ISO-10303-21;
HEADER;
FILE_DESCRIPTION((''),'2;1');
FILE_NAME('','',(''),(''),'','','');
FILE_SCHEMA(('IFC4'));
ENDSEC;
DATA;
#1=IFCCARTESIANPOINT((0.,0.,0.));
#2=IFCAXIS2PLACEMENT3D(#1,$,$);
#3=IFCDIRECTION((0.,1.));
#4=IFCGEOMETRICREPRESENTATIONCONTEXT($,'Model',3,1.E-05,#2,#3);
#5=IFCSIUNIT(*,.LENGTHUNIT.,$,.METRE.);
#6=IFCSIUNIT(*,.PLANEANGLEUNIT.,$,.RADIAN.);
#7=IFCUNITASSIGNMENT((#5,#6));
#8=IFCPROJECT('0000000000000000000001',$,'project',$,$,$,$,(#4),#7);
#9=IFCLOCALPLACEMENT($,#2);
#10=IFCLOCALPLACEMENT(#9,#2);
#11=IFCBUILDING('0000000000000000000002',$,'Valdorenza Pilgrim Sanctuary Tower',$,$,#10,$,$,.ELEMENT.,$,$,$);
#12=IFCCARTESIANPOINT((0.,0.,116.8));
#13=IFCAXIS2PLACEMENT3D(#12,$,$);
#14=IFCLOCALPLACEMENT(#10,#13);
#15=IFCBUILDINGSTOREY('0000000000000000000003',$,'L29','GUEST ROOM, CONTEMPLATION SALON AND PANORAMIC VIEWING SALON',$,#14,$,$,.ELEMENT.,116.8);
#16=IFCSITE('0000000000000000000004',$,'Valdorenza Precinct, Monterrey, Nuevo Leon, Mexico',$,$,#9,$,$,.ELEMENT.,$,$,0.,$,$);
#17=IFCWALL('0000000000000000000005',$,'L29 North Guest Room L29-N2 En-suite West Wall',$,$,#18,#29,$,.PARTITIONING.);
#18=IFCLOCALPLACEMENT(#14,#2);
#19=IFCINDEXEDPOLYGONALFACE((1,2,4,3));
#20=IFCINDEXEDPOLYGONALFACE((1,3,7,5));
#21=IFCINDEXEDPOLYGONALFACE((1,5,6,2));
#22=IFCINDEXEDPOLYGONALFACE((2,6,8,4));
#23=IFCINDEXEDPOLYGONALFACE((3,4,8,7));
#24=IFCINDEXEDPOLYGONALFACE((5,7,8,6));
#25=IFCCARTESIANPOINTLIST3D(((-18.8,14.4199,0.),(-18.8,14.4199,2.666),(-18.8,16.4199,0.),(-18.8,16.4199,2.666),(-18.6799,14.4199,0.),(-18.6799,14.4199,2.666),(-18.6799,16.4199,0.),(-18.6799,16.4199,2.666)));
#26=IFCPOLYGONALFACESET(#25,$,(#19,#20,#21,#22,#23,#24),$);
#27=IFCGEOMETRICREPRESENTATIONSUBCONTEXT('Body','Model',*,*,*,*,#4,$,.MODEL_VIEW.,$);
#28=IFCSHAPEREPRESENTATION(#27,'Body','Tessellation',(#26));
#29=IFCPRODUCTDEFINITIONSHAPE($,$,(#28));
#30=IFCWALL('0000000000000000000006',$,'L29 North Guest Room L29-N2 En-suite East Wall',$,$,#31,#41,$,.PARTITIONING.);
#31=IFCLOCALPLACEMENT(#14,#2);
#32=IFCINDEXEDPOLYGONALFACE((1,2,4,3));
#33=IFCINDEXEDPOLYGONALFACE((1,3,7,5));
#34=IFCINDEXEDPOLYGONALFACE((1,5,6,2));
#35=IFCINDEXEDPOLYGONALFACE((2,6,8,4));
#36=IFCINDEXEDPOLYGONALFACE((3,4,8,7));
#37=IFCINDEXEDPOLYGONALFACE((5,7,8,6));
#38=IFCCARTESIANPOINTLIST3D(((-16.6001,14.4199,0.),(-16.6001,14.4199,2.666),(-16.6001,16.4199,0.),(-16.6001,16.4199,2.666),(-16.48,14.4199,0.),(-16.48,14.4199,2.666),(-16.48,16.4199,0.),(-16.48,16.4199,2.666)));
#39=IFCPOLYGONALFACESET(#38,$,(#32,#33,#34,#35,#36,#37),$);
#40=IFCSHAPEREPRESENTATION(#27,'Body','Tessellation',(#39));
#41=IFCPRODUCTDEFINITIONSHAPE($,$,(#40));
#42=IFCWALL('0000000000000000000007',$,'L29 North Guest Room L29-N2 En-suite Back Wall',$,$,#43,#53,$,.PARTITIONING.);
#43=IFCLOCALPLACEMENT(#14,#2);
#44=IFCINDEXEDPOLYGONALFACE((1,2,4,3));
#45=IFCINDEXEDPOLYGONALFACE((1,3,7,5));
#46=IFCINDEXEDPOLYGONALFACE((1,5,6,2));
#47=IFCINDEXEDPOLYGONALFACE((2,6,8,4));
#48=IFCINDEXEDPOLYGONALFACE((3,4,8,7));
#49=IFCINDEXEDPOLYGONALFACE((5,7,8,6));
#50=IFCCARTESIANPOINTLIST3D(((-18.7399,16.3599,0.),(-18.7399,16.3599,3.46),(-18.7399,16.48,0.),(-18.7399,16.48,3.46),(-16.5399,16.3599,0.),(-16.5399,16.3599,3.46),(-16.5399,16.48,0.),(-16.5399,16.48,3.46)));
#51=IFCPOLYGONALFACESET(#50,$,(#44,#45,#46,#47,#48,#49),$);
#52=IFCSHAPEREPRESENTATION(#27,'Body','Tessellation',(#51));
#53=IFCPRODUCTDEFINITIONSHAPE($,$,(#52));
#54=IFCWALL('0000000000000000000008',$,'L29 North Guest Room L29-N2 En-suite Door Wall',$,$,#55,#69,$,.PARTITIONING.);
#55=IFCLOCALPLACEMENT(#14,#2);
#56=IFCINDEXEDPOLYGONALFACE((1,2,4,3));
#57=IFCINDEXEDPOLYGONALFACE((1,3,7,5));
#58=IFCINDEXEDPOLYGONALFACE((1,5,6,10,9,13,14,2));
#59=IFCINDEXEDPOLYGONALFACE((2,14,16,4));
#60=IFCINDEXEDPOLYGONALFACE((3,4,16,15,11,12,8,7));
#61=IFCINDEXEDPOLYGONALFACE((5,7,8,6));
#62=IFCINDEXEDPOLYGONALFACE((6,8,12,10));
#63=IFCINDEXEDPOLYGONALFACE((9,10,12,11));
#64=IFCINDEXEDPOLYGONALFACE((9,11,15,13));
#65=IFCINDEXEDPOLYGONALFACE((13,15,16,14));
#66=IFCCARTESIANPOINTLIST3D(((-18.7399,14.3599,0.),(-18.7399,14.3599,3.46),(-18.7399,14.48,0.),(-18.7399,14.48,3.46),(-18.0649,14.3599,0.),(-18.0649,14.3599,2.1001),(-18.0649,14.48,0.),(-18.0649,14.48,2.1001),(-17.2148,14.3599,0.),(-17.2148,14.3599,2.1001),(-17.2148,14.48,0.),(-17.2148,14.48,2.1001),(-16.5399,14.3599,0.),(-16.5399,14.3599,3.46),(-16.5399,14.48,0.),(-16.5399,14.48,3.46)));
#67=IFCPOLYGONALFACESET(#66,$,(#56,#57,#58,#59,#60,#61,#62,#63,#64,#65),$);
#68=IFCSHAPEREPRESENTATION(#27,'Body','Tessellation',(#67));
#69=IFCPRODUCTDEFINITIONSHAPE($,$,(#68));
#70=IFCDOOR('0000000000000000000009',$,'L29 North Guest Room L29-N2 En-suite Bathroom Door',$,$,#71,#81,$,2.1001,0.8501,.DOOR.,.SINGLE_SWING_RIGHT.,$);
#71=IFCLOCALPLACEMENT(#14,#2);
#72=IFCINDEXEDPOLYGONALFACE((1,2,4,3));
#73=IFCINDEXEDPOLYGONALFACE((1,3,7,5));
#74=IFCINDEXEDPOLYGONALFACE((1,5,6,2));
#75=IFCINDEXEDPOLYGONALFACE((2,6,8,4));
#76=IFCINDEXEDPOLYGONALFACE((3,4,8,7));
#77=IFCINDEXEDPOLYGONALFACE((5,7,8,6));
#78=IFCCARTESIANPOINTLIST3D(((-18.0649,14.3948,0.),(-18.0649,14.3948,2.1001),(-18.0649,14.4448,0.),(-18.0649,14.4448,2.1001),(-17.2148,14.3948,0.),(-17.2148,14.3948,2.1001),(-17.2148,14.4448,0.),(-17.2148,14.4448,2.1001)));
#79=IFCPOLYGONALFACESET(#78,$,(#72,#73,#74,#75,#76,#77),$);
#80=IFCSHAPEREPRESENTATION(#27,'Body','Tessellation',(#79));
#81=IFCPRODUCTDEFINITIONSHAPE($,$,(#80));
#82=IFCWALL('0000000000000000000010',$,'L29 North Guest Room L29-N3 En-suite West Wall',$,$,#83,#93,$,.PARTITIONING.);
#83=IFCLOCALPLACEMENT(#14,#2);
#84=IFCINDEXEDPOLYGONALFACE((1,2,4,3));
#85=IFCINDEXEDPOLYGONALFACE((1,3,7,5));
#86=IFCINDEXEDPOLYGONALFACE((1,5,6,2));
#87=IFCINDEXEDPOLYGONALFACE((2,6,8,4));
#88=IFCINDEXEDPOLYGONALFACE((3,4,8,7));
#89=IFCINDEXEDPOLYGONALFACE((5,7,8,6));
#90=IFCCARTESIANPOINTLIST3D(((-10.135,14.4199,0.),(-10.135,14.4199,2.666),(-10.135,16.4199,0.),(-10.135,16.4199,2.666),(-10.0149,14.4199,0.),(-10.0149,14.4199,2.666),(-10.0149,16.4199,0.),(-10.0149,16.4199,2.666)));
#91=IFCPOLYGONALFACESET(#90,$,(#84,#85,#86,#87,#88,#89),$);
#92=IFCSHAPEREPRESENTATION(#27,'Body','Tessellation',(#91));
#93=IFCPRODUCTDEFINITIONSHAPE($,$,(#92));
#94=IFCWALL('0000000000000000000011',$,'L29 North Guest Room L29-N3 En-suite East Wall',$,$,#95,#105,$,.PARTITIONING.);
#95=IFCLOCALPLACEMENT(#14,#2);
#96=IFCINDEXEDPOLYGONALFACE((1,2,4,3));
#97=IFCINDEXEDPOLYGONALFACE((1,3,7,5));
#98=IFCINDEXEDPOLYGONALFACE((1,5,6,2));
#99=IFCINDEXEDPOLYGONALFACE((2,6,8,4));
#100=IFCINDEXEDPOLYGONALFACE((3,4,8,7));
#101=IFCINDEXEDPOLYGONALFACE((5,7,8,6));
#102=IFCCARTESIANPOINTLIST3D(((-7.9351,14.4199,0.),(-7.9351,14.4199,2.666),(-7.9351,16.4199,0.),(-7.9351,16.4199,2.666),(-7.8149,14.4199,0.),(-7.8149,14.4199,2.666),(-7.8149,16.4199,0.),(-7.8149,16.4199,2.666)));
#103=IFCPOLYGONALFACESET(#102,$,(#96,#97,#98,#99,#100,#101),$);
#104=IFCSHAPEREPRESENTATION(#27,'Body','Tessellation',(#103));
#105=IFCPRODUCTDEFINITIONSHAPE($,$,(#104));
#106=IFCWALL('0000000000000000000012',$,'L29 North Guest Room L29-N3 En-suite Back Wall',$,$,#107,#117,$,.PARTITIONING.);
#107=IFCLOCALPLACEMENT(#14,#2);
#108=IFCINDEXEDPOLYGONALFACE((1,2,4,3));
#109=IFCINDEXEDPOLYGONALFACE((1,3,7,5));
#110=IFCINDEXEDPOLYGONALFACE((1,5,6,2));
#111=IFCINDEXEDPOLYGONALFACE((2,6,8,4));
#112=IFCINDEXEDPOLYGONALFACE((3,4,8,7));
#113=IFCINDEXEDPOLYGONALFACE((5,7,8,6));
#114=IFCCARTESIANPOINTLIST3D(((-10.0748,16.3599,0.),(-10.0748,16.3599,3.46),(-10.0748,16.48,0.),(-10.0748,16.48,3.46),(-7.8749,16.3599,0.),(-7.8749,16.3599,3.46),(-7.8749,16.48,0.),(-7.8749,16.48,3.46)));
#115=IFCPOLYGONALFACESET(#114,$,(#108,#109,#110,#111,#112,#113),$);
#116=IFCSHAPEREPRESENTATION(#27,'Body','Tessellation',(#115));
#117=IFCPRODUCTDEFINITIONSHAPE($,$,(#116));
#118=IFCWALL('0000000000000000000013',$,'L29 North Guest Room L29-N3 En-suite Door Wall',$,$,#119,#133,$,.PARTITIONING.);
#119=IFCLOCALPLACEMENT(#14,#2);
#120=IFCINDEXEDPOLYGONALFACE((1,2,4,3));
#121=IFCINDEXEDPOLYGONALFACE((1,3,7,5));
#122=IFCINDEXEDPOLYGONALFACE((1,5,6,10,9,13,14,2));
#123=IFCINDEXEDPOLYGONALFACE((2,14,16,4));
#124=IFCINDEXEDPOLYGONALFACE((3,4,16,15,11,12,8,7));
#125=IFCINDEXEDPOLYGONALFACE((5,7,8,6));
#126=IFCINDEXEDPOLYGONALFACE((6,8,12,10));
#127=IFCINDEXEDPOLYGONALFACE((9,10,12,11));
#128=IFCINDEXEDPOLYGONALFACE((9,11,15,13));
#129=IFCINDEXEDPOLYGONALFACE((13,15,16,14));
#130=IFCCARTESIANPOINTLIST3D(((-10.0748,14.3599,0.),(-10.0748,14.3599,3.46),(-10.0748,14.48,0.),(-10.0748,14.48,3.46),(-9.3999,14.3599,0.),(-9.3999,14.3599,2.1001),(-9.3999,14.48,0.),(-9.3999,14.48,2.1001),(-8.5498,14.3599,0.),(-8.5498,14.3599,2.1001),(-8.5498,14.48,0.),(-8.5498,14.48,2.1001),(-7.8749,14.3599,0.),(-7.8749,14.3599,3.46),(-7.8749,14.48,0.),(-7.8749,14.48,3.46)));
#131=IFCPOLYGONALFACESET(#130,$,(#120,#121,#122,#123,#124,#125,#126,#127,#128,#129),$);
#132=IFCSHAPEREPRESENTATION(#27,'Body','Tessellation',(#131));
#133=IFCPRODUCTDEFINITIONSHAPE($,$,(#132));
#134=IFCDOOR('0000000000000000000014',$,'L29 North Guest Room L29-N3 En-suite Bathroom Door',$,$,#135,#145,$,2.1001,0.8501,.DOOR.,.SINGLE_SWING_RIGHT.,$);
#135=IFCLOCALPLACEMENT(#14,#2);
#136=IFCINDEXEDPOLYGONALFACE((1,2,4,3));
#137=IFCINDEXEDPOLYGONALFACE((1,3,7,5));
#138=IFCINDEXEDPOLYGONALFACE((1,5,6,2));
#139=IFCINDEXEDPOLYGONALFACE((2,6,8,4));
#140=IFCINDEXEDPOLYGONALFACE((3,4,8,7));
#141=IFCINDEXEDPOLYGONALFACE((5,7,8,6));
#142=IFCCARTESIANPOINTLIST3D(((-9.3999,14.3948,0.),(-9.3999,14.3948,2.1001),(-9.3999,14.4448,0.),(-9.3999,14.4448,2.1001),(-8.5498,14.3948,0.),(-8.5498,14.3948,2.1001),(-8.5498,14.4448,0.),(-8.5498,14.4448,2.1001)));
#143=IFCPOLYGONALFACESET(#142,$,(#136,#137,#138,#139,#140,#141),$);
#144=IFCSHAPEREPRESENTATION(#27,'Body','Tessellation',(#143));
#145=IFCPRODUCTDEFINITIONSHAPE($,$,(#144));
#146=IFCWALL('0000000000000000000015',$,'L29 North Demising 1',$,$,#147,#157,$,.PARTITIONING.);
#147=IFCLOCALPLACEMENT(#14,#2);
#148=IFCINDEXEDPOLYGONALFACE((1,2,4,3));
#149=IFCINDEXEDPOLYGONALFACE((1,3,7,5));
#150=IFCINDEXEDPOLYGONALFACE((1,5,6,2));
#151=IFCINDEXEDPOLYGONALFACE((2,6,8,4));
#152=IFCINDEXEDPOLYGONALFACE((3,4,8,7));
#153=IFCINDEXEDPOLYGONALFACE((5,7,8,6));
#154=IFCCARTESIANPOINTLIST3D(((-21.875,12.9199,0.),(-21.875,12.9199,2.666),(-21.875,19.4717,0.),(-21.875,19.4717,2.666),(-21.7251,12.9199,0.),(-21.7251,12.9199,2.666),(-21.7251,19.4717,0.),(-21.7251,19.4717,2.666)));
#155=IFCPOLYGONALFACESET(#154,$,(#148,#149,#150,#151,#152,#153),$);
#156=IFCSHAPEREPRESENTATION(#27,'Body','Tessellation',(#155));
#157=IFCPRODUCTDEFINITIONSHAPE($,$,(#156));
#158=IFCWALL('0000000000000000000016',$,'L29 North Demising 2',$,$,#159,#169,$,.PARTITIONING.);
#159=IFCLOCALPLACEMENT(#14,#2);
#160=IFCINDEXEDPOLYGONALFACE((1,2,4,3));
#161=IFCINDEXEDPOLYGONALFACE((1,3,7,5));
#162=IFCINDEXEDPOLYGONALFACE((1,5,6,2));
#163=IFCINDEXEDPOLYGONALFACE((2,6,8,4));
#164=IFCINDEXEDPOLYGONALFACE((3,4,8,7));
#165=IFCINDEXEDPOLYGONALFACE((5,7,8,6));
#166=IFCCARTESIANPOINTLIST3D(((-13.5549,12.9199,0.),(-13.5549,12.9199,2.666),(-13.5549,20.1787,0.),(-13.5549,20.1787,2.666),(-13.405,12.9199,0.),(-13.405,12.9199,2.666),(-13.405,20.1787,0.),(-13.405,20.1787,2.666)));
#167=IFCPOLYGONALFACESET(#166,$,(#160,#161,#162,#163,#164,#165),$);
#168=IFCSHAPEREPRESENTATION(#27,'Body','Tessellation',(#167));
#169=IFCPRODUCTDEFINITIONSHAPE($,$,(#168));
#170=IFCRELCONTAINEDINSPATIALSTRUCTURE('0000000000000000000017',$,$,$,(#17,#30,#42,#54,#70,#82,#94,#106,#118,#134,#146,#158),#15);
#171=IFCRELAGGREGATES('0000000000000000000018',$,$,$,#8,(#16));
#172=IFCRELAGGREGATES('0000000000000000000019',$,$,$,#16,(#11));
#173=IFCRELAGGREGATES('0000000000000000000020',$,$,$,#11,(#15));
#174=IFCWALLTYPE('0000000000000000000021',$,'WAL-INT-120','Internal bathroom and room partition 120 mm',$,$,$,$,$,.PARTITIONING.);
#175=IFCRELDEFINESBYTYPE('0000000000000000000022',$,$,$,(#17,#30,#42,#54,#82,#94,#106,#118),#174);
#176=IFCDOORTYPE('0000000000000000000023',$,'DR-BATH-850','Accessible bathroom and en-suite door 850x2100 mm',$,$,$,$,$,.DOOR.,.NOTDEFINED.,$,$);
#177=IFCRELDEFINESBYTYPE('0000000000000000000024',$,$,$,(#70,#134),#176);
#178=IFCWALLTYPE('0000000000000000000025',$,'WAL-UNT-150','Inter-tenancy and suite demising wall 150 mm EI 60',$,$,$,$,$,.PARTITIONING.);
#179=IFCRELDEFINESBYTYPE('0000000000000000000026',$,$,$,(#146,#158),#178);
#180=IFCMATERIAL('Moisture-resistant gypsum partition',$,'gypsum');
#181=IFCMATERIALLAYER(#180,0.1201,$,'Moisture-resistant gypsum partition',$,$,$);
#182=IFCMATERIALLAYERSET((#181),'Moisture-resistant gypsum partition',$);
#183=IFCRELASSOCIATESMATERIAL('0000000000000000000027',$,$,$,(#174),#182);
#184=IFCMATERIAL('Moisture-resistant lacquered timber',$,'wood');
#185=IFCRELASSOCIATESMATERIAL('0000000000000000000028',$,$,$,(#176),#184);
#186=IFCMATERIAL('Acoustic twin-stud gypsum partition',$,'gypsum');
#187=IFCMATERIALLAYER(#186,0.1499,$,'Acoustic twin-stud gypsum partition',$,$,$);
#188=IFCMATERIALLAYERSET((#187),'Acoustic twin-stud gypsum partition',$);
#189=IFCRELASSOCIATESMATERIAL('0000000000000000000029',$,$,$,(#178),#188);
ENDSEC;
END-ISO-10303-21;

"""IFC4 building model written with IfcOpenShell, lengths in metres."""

from ifc_helpers import new_model, si_unit, direction, frame, frame_2d, origin, place, context, subcontext, project, spatial, rectangle, extrude, material, layer, layer_set, type_object, element, fill, save


model = new_model("IFC4")

# Units and contexts
model_context = context("Model", 3, precision=1e-05, world=origin(), true_north=direction((0.0, 1.0)))
body_context = subcontext(model_context, "Body", "Model", "MODEL_VIEW")
ifc_project = project(units=[si_unit("LENGTHUNIT", "METRE"), si_unit("PLANEANGLEUNIT", "RADIAN")], contexts=[model_context])

# Site, building, storey
site_placement = place(None, origin())
site = spatial("IfcSite", under=ifc_project, at=site_placement, Name="Valdorenza Precinct, Monterrey, Nuevo Leon, Mexico", CompositionType="ELEMENT", RefElevation=0.0)
building_placement = place(site_placement, origin())
building = spatial("IfcBuilding", under=site, at=building_placement, Name="Valdorenza Pilgrim Sanctuary Tower", CompositionType="ELEMENT")
storey_placement = place(building_placement, frame((0.0, 0.0, 116.8)))
storey = spatial("IfcBuildingStorey", under=building, at=storey_placement, Name="L29", Description="GUEST ROOM, CONTEMPLATION SALON AND PANORAMIC VIEWING SALON", CompositionType="ELEMENT", Elevation=116.8)

# Walls
ifc_material_1 = material(Name="Moisture-resistant gypsum partition", Category="gypsum")
ifc_layer_1 = layer(ifc_material_1, 0.1201, Name="Moisture-resistant gypsum partition")
ifc_layer_set_1 = layer_set([ifc_layer_1], Name="Moisture-resistant gypsum partition")
wall_type_1 = type_object("IfcWallType", Name="WAL-INT-120", Description="Internal bathroom and room partition 120 mm", PredefinedType="PARTITIONING", material=ifc_layer_set_1)
for number, where, z_axis, x_axis, name in (
    (1, (-18.74, 14.4199, 0.0), (0.0, 0.0, 1.0), (0.0, 1.0, 0.0), "L29 North Guest Room L29-N2 En-suite West Wall"),
    (2, (-16.54, 14.4199, 0.0), (0.0, 0.0, 1.0), (0.0, 1.0, 0.0), "L29 North Guest Room L29-N2 En-suite East Wall"),
):
    element("IfcWall", number, at=place(storey_placement, frame(where, z_axis=z_axis, x_axis=x_axis)), inside=storey, type_object=wall_type_1, Name=name, PredefinedType="PARTITIONING", context=body_context, shape_type="SweptSolid", body=[
        extrude(rectangle(XDim=2.0, YDim=0.1201, at=frame_2d((1.0, 0.0))), origin(), (0.0, 0.0, 1.0), 2.666),
    ])
wall_1_placement = place(storey_placement, frame((-18.74, 16.4199, 0.0), z_axis=(0.0, 0.0, 1.0), x_axis=(1.0, 0.0, 0.0)))
element("IfcWall", 3, at=wall_1_placement, inside=storey, type_object=wall_type_1, Name="L29 North Guest Room L29-N2 En-suite Back Wall", PredefinedType="PARTITIONING", context=body_context, shape_type="SweptSolid", body=[
    extrude(rectangle(XDim=2.2, YDim=0.1201, at=frame_2d((1.1001, 0.0))), origin(), (0.0, 0.0, 1.0), 3.46),
])

# Wall, opening, door
wall_2_placement = place(storey_placement, frame((-18.74, 14.4199, 0.0), z_axis=(0.0, 0.0, 1.0), x_axis=(1.0, 0.0, 0.0)))
wall_2 = element("IfcWall", 4, at=wall_2_placement, inside=storey, type_object=wall_type_1, Name="L29 North Guest Room L29-N2 En-suite Door Wall", PredefinedType="PARTITIONING", context=body_context, shape_type="SweptSolid", body=[
    extrude(rectangle(XDim=2.2, YDim=0.1201, at=frame_2d((1.1001, 0.0))), origin(), (0.0, 0.0, 1.0), 3.46),
])
opening_1_placement = place(wall_2_placement, frame((0.675, 0.0, 0.0)))
opening_1 = element("IfcOpeningElement", 5, at=opening_1_placement, cuts=wall_2, PredefinedType="OPENING", context=body_context, shape_type="SweptSolid", body=[
    extrude(rectangle(XDim=0.8501, YDim=2.1001, at=frame_2d((0.425, 1.05))), frame((0.0, 0.075, 0.0), z_axis=(0.0, -1.0, 0.0), x_axis=(1.0, 0.0, 0.0)), (0.0, 0.0, 1.0), 0.1499),
])
ifc_material_2 = material(Name="Moisture-resistant lacquered timber", Category="wood")
door_type = type_object("IfcDoorType", Name="DR-BATH-850", Description="Accessible bathroom and en-suite door 850x2100 mm", OperationType="NOTDEFINED", PredefinedType="DOOR", material=ifc_material_2)
door_1_placement = place(opening_1_placement, origin())
door_1 = element("IfcDoor", 6, at=door_1_placement, inside=storey, type_object=door_type, Name="L29 North Guest Room L29-N2 En-suite Bathroom Door", OperationType="SINGLE_SWING_RIGHT", OverallHeight=2.1001, OverallWidth=0.8501, PredefinedType="DOOR", context=body_context, shape_type="SweptSolid", body=[
    extrude(rectangle(XDim=0.8501, YDim=2.1001, at=frame_2d((0.425, 1.05))), frame((0.0, 0.0249, 0.0), z_axis=(0.0, -1.0, 0.0), x_axis=(1.0, 0.0, 0.0)), (0.0, 0.0, 1.0), 0.05),
])
fill(opening_1, door_1)

# Walls
for number, where, z_axis, x_axis, name in (
    (7, (-10.075, 14.4199, 0.0), (0.0, 0.0, 1.0), (0.0, 1.0, 0.0), "L29 North Guest Room L29-N3 En-suite West Wall"),
    (8, (-7.875, 14.4199, 0.0), (0.0, 0.0, 1.0), (0.0, 1.0, 0.0), "L29 North Guest Room L29-N3 En-suite East Wall"),
):
    element("IfcWall", number, at=place(storey_placement, frame(where, z_axis=z_axis, x_axis=x_axis)), inside=storey, type_object=wall_type_1, Name=name, PredefinedType="PARTITIONING", context=body_context, shape_type="SweptSolid", body=[
        extrude(rectangle(XDim=2.0, YDim=0.1201, at=frame_2d((1.0, 0.0))), origin(), (0.0, 0.0, 1.0), 2.666),
    ])
wall_3_placement = place(storey_placement, frame((-10.075, 16.4199, 0.0), z_axis=(0.0, 0.0, 1.0), x_axis=(1.0, 0.0, 0.0)))
element("IfcWall", 9, at=wall_3_placement, inside=storey, type_object=wall_type_1, Name="L29 North Guest Room L29-N3 En-suite Back Wall", PredefinedType="PARTITIONING", context=body_context, shape_type="SweptSolid", body=[
    extrude(rectangle(XDim=2.2, YDim=0.1201, at=frame_2d((1.1001, 0.0))), origin(), (0.0, 0.0, 1.0), 3.46),
])

# Wall, opening, door
wall_4_placement = place(storey_placement, frame((-10.075, 14.4199, 0.0), z_axis=(0.0, 0.0, 1.0), x_axis=(1.0, 0.0, 0.0)))
wall_4 = element("IfcWall", 10, at=wall_4_placement, inside=storey, type_object=wall_type_1, Name="L29 North Guest Room L29-N3 En-suite Door Wall", PredefinedType="PARTITIONING", context=body_context, shape_type="SweptSolid", body=[
    extrude(rectangle(XDim=2.2, YDim=0.1201, at=frame_2d((1.1001, 0.0))), origin(), (0.0, 0.0, 1.0), 3.46),
])
opening_2_placement = place(wall_4_placement, frame((0.675, 0.0, 0.0)))
opening_2 = element("IfcOpeningElement", 11, at=opening_2_placement, cuts=wall_4, PredefinedType="OPENING", context=body_context, shape_type="SweptSolid", body=[
    extrude(rectangle(XDim=0.8501, YDim=2.1001, at=frame_2d((0.425, 1.05))), frame((0.0, 0.075, 0.0), z_axis=(0.0, -1.0, 0.0), x_axis=(1.0, 0.0, 0.0)), (0.0, 0.0, 1.0), 0.1499),
])
door_2_placement = place(opening_2_placement, origin())
door_2 = element("IfcDoor", 12, at=door_2_placement, inside=storey, type_object=door_type, Name="L29 North Guest Room L29-N3 En-suite Bathroom Door", OperationType="SINGLE_SWING_RIGHT", OverallHeight=2.1001, OverallWidth=0.8501, PredefinedType="DOOR", context=body_context, shape_type="SweptSolid", body=[
    extrude(rectangle(XDim=0.8501, YDim=2.1001, at=frame_2d((0.425, 1.05))), frame((0.0, 0.0249, 0.0), z_axis=(0.0, -1.0, 0.0), x_axis=(1.0, 0.0, 0.0)), (0.0, 0.0, 1.0), 0.05),
])
fill(opening_2, door_2)

# Walls
ifc_material_3 = material(Name="Acoustic twin-stud gypsum partition", Category="gypsum")
ifc_layer_2 = layer(ifc_material_3, 0.1499, Name="Acoustic twin-stud gypsum partition")
ifc_layer_set_2 = layer_set([ifc_layer_2], Name="Acoustic twin-stud gypsum partition")
wall_type_2 = type_object("IfcWallType", Name="WAL-UNT-150", Description="Inter-tenancy and suite demising wall 150 mm EI 60", PredefinedType="PARTITIONING", material=ifc_layer_set_2)
wall_5_placement = place(storey_placement, frame((-21.8, 12.9199, 0.0), z_axis=(0.0, 0.0, 1.0), x_axis=(0.0, 1.0, 0.0)))
element("IfcWall", 13, at=wall_5_placement, inside=storey, type_object=wall_type_2, Name="L29 North Demising 1", PredefinedType="PARTITIONING", context=body_context, shape_type="SweptSolid", body=[
    extrude(rectangle(XDim=6.5518, YDim=0.1499, at=frame_2d((3.2759, 0.0))), origin(), (0.0, 0.0, 1.0), 2.666),
])
wall_6_placement = place(storey_placement, frame((-13.48, 12.9199, 0.0), z_axis=(0.0, 0.0, 1.0), x_axis=(0.0, 1.0, 0.0)))
element("IfcWall", 14, at=wall_6_placement, inside=storey, type_object=wall_type_2, Name="L29 North Demising 2", PredefinedType="PARTITIONING", context=body_context, shape_type="SweptSolid", body=[
    extrude(rectangle(XDim=7.2588, YDim=0.1499, at=frame_2d((3.6294, 0.0))), origin(), (0.0, 0.0, 1.0), 2.666),
])

save(model, "model.ifc")
